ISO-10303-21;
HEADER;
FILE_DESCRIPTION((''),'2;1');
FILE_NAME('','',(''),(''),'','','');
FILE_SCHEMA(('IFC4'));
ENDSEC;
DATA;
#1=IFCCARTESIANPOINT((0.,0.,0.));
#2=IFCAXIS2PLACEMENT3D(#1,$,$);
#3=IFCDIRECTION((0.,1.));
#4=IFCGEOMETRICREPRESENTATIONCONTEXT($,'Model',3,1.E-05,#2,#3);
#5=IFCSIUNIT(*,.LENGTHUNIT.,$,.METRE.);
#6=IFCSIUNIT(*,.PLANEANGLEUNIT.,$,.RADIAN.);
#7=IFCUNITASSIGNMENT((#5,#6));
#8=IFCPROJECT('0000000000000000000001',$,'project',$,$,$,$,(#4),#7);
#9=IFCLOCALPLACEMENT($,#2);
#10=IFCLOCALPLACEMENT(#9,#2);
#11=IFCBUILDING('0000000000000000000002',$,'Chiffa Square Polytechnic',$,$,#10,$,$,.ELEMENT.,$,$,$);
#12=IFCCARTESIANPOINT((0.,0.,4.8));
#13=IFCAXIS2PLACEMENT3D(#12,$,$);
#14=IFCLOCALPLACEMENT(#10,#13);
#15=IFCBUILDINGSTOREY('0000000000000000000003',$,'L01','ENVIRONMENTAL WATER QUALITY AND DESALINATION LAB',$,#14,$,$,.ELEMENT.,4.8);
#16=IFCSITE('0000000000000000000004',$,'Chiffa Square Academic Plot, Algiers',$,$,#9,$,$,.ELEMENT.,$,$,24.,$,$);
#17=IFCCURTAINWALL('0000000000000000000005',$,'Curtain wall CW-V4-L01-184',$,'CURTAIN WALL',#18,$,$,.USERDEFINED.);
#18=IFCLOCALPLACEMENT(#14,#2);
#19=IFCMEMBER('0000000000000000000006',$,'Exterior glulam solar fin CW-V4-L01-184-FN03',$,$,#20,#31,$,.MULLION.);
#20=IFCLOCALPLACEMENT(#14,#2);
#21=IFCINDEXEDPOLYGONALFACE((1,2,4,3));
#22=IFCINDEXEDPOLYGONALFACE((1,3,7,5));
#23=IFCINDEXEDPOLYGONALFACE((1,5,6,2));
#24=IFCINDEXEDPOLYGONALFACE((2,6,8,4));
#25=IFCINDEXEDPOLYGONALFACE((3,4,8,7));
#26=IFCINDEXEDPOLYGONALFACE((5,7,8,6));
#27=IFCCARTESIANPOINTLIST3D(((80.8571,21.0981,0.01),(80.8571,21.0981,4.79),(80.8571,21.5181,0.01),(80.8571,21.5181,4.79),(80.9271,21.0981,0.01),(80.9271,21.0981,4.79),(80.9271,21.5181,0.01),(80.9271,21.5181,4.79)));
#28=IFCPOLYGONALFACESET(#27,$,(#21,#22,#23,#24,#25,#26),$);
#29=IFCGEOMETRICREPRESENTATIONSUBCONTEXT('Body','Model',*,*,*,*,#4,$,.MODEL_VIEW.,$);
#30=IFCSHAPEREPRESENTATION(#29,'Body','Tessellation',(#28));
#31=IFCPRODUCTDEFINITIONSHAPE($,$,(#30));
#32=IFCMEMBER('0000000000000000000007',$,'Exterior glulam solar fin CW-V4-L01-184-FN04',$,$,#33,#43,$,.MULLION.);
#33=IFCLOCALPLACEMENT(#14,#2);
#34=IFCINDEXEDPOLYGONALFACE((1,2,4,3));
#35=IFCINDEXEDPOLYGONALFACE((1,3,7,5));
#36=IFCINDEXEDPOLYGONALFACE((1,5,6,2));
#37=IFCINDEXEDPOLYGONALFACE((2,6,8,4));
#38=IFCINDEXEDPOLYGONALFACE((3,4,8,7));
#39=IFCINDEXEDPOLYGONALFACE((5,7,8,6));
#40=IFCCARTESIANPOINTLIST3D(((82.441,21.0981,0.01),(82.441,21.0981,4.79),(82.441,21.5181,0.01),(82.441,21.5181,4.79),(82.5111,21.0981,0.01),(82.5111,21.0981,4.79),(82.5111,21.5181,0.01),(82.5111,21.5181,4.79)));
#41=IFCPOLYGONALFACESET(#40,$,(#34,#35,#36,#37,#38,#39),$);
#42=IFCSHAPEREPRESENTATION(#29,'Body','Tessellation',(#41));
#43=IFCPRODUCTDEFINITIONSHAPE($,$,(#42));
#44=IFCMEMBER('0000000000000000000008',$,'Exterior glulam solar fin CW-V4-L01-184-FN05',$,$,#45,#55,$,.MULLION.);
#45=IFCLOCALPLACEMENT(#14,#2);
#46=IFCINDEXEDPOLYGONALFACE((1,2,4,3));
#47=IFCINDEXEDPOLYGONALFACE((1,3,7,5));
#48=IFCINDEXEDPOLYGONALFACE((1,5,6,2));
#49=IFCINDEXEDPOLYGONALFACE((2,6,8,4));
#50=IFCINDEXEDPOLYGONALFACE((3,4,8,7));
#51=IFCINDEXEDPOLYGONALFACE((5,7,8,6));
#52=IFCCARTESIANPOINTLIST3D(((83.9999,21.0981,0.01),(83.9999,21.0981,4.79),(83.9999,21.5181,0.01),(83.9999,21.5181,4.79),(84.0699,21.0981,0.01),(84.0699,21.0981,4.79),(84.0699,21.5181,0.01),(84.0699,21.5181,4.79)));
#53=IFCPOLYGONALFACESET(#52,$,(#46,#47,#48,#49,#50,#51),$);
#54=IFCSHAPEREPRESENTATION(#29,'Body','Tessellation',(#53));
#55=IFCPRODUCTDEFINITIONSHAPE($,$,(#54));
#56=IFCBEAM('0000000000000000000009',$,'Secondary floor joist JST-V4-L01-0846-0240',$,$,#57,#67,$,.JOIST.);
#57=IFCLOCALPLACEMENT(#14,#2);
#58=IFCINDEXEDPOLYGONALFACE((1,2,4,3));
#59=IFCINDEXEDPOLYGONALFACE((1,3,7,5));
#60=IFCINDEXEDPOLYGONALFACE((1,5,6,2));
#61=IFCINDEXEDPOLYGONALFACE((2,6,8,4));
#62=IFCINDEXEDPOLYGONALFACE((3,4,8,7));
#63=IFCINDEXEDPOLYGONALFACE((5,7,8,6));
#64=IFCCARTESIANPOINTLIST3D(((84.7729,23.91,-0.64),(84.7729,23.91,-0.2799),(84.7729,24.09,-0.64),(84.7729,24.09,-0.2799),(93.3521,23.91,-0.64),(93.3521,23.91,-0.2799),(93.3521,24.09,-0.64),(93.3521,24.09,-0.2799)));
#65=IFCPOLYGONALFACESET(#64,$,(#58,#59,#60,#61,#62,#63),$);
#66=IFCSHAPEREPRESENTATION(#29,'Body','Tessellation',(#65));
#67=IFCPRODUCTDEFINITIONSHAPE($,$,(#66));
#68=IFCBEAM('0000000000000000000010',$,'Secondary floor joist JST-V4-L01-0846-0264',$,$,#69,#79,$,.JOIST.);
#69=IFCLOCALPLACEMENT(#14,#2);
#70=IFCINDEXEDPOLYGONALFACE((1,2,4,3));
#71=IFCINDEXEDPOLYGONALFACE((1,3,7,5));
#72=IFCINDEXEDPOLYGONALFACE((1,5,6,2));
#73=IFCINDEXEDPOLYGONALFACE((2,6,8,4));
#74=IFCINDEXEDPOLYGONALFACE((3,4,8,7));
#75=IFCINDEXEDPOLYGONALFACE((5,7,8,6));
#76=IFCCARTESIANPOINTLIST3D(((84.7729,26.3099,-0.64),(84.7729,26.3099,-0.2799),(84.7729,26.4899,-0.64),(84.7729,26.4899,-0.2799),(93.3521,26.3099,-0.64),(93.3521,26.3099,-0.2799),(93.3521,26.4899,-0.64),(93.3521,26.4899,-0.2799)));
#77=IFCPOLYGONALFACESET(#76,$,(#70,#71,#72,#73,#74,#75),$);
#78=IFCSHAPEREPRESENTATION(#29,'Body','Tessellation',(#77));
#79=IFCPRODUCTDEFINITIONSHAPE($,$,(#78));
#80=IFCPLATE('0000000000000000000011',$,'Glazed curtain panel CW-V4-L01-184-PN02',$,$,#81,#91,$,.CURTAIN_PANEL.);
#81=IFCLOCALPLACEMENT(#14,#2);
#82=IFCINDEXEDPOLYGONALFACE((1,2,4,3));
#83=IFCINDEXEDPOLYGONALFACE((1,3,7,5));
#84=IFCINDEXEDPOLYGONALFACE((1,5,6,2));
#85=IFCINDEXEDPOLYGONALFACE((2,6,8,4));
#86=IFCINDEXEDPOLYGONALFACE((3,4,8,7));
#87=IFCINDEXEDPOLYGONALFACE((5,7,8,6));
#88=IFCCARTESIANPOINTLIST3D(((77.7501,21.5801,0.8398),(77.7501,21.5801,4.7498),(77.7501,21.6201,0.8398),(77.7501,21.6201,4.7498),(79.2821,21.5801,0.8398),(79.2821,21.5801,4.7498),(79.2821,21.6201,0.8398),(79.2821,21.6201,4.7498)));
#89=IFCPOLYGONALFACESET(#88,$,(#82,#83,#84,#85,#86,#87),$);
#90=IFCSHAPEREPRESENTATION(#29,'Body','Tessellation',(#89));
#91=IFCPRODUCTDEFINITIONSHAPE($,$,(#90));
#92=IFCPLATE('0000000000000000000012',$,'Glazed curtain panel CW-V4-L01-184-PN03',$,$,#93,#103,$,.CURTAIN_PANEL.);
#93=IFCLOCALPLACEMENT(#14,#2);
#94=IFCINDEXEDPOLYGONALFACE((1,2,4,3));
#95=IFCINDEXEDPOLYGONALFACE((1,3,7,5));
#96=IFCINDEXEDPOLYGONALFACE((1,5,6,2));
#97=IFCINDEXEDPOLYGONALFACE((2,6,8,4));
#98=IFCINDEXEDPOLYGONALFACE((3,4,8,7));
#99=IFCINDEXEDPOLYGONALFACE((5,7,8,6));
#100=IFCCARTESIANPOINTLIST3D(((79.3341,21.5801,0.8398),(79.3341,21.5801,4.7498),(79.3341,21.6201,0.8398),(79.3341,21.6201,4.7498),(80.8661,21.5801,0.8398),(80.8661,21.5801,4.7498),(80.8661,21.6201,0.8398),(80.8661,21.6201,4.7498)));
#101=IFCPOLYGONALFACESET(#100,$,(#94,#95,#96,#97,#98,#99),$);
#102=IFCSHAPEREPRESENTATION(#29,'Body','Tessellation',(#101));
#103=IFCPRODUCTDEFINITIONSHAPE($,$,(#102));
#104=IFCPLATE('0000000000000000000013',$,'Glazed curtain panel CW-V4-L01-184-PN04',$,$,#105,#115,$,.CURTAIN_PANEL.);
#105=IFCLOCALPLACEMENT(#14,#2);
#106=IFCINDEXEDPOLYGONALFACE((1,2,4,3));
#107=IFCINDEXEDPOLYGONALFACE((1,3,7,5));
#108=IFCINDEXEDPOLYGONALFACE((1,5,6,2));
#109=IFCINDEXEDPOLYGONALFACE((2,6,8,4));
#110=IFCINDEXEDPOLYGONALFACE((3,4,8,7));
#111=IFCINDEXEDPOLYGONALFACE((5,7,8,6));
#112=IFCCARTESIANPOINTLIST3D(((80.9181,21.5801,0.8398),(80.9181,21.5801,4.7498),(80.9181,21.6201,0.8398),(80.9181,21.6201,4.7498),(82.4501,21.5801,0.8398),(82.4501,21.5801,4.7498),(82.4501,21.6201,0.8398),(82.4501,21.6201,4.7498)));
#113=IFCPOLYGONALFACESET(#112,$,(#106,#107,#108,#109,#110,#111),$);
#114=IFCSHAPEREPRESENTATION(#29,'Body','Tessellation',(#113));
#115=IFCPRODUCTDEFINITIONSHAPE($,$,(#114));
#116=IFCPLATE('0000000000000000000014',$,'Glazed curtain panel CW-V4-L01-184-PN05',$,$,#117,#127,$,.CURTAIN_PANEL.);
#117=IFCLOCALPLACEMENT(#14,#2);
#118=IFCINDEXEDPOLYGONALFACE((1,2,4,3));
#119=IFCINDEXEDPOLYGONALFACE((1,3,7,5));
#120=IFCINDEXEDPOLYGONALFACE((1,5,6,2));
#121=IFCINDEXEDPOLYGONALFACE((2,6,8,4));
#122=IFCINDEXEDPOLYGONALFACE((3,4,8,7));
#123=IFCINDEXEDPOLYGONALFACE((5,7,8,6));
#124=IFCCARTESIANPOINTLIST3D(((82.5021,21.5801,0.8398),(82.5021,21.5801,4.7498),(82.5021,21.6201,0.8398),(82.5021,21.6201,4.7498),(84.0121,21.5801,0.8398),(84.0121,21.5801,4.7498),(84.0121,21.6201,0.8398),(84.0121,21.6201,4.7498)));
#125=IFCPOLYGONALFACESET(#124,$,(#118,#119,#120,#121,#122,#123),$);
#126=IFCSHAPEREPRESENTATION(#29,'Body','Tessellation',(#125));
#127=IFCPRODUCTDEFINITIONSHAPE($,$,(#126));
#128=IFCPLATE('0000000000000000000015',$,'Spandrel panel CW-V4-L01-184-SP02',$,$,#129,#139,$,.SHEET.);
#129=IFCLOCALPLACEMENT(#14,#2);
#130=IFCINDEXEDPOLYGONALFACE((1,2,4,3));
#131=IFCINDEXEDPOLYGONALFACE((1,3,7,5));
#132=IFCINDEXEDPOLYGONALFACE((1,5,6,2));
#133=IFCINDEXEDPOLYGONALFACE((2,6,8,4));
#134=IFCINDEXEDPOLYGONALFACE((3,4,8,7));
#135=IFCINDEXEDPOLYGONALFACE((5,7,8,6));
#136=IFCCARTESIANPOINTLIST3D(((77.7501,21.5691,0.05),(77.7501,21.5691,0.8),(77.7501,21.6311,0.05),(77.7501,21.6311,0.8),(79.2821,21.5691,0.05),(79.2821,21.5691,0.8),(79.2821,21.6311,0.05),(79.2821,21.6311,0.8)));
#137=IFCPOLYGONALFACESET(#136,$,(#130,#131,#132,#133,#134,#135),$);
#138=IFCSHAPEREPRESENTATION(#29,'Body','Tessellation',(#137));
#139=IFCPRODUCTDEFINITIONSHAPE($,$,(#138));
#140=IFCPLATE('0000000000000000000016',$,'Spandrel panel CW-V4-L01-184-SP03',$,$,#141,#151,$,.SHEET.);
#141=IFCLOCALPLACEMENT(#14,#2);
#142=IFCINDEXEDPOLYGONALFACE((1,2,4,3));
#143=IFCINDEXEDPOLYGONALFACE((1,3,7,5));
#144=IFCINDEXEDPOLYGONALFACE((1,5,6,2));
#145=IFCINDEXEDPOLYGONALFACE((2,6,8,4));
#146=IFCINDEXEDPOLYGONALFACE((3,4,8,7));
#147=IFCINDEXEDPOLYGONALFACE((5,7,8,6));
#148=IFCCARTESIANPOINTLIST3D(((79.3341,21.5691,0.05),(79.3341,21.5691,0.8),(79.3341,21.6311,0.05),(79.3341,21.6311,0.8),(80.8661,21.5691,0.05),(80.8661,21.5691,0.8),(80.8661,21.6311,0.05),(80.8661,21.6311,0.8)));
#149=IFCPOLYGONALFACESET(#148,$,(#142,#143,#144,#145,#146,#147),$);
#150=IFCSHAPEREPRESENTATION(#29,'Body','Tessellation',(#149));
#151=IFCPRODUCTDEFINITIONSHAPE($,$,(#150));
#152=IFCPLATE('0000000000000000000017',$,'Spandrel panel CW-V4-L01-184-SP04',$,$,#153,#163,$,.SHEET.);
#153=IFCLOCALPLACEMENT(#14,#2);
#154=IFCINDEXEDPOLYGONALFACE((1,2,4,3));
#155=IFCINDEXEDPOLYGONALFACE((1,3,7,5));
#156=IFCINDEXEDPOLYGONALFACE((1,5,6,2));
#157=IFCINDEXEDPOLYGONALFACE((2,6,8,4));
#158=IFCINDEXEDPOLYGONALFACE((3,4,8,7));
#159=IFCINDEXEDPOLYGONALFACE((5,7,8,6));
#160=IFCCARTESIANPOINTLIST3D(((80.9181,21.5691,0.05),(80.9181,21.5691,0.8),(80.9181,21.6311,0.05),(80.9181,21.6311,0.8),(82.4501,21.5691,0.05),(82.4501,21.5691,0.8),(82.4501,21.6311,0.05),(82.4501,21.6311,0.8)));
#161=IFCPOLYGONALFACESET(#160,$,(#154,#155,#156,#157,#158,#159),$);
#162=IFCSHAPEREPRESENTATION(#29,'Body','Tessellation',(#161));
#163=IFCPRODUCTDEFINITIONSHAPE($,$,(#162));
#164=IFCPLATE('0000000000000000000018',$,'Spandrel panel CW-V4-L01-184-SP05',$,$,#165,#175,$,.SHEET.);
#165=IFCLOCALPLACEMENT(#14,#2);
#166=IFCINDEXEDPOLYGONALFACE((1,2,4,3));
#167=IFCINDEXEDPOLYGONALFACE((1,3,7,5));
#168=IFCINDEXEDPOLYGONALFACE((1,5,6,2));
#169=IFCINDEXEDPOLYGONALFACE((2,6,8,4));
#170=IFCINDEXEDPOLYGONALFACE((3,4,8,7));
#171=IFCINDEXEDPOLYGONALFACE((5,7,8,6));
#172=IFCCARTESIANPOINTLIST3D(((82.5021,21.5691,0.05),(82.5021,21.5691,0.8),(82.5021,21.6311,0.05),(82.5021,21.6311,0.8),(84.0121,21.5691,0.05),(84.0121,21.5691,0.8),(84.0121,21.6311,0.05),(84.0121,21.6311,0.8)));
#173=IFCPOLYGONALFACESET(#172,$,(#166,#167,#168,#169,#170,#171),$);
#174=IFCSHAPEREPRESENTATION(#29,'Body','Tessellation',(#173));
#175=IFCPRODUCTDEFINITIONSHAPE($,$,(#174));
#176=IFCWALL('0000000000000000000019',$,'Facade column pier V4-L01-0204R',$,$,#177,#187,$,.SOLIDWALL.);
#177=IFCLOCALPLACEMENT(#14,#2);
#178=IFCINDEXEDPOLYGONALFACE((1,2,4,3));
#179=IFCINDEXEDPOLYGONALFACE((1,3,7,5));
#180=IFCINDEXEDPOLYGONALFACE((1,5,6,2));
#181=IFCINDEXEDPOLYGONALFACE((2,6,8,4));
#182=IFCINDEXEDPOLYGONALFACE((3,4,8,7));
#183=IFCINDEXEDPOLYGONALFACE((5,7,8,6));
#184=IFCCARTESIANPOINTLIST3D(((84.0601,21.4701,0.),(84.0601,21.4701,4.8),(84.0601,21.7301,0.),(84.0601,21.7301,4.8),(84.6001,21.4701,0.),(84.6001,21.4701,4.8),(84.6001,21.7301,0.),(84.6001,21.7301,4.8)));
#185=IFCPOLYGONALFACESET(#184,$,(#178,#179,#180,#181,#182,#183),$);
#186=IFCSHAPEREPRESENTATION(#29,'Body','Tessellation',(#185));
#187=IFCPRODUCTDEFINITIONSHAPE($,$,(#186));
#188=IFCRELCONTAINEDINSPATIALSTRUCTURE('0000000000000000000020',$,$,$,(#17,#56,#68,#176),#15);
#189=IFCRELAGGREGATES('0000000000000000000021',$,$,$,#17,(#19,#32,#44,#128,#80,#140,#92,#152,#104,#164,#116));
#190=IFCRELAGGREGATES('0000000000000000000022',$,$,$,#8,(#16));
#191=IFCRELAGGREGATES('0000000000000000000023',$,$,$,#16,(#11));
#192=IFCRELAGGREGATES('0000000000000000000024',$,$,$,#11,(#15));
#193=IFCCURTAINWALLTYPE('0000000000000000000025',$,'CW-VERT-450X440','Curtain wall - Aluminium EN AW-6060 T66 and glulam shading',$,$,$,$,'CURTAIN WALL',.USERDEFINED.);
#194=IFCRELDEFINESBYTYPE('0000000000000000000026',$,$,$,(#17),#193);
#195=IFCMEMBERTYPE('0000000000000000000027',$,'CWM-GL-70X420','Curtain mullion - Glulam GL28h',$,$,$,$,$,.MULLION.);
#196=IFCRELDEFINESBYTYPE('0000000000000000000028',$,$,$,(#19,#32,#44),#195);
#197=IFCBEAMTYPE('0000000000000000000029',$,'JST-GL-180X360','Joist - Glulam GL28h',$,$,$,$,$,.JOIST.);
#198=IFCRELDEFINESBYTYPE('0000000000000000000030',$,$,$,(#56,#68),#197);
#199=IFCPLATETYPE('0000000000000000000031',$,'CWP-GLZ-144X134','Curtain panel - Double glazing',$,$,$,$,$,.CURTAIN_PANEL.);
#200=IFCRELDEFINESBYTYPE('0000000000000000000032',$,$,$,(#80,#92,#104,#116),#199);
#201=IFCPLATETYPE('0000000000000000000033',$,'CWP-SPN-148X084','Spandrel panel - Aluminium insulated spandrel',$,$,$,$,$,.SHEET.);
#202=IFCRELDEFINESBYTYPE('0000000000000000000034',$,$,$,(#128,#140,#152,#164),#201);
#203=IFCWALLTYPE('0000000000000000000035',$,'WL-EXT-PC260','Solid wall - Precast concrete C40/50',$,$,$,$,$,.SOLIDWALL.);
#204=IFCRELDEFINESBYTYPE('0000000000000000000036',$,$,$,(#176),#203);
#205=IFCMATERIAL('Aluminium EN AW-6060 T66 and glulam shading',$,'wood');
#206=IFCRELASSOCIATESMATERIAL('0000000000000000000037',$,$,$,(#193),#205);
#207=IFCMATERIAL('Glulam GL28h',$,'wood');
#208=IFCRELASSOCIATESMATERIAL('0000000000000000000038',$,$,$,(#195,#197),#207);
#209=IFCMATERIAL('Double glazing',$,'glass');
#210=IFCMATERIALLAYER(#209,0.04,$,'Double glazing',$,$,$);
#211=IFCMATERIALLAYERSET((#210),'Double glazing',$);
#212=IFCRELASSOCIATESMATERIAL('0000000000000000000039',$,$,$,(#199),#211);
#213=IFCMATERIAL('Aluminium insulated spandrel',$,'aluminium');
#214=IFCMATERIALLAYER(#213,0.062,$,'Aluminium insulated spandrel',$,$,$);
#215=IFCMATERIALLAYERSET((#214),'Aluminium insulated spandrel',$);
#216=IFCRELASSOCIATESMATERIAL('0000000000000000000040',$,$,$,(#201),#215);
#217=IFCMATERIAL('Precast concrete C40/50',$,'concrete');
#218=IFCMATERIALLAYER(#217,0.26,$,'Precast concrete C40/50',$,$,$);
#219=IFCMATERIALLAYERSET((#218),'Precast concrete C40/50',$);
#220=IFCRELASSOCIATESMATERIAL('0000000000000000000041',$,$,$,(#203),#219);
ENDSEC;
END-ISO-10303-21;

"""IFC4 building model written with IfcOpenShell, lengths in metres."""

from ifc_helpers import new_model, si_unit, direction, frame, frame_2d, origin, origin_2d, place, context, subcontext, project, spatial, rectangle, extrude, material, layer, layer_set, material_profile, profile_set, type_object, element, aggregate, save


model = new_model("IFC4")

# Units and contexts
model_context = context("Model", 3, precision=1e-05, world=origin(), true_north=direction((0.0, 1.0)))
body_context = subcontext(model_context, "Body", "Model", "MODEL_VIEW")
ifc_project = project(units=[si_unit("LENGTHUNIT", "METRE"), si_unit("PLANEANGLEUNIT", "RADIAN")], contexts=[model_context])

# Site, building, storey
site_placement = place(None, origin())
site = spatial("IfcSite", under=ifc_project, at=site_placement, Name="Chiffa Square Academic Plot, Algiers", CompositionType="ELEMENT", RefElevation=24.0)
building_placement = place(site_placement, origin())
building = spatial("IfcBuilding", under=site, at=building_placement, Name="Chiffa Square Polytechnic", CompositionType="ELEMENT")
storey_placement = place(building_placement, frame((0.0, 0.0, 4.8)))
storey = spatial("IfcBuildingStorey", under=building, at=storey_placement, Name="L01", Description="ENVIRONMENTAL WATER QUALITY AND DESALINATION LAB", CompositionType="ELEMENT", Elevation=4.8)

# Curtain wall, members
ifc_material_1 = material(Name="Aluminium EN AW-6060 T66 and glulam shading", Category="wood")
curtain_wall_type = type_object("IfcCurtainWallType", Name="CW-VERT-450X440", Description="Curtain wall - Aluminium EN AW-6060 T66 and glulam shading", ElementType="CURTAIN WALL", PredefinedType="USERDEFINED", material=ifc_material_1)
curtain_wall_placement = place(storey_placement, origin())
curtain_wall = element("IfcCurtainWall", 1, at=curtain_wall_placement, inside=storey, type_object=curtain_wall_type, Name="Curtain wall CW-V4-L01-184", ObjectType="CURTAIN WALL", PredefinedType="USERDEFINED")
ifc_material_2 = material(Name="Glulam GL28h", Category="wood")
ifc_material_profile_1 = material_profile(ifc_material_2, rectangle(XDim=0.0701, YDim=0.4199, at=origin_2d()), Name="GL28h 70x420")
ifc_profile_set_1 = profile_set([ifc_material_profile_1], Name="Glulam GL28h")
member_type_1 = type_object("IfcMemberType", Name="CWM-GL-70X420", Description="Curtain mullion - Glulam GL28h", PredefinedType="MULLION", material=ifc_profile_set_1)
member_1_placement = place(storey_placement, frame((80.8921, 21.3081, 0.01), z_axis=(0.0, 0.0, 1.0), x_axis=(1.0, 0.0, 0.0)))
member_1 = element("IfcMember", 2, at=member_1_placement, type_object=member_type_1, Name="Exterior glulam solar fin CW-V4-L01-184-FN03", PredefinedType="MULLION", context=body_context, shape_type="SweptSolid", body=[
    extrude(rectangle(XDim=0.0701, YDim=0.4199, at=origin_2d()), origin(), (0.0, 0.0, 1.0), 4.78),
])
member_2_placement = place(storey_placement, frame((82.4761, 21.3081, 0.01), z_axis=(0.0, 0.0, 1.0), x_axis=(1.0, 0.0, 0.0)))
member_2 = element("IfcMember", 3, at=member_2_placement, type_object=member_type_1, Name="Exterior glulam solar fin CW-V4-L01-184-FN04", PredefinedType="MULLION", context=body_context, shape_type="SweptSolid", body=[
    extrude(rectangle(XDim=0.0701, YDim=0.4199, at=origin_2d()), origin(), (0.0, 0.0, 1.0), 4.78),
])
member_3_placement = place(storey_placement, frame((84.0349, 21.3081, 0.01), z_axis=(0.0, 0.0, 1.0), x_axis=(1.0, 0.0, 0.0)))
member_3 = element("IfcMember", 4, at=member_3_placement, type_object=member_type_1, Name="Exterior glulam solar fin CW-V4-L01-184-FN05", PredefinedType="MULLION", context=body_context, shape_type="SweptSolid", body=[
    extrude(rectangle(XDim=0.0701, YDim=0.4199, at=origin_2d()), origin(), (0.0, 0.0, 1.0), 4.78),
])

# Beams
ifc_material_profile_2 = material_profile(ifc_material_2, rectangle(XDim=0.1799, YDim=0.3601, at=origin_2d()), Name="GL28h 180x360")
ifc_profile_set_2 = profile_set([ifc_material_profile_2], Name="Glulam GL28h")
beam_type_1 = type_object("IfcBeamType", Name="JST-GL-180X360", Description="Joist - Glulam GL28h", PredefinedType="JOIST", material=ifc_profile_set_2)
for number, where, z_axis, x_axis, name in (
    (5, (84.7729, 24.0, -0.46), (1.0, 0.0, 0.0), (0.0, 1.0, 0.0), "Secondary floor joist JST-V4-L01-0846-0240"),
    (6, (84.7729, 26.3999, -0.46), (1.0, 0.0, 0.0), (0.0, 1.0, 0.0), "Secondary floor joist JST-V4-L01-0846-0264"),
):
    element("IfcBeam", number, at=place(storey_placement, frame(where, z_axis=z_axis, x_axis=x_axis)), inside=storey, type_object=beam_type_1, Name=name, PredefinedType="JOIST", context=body_context, shape_type="SweptSolid", body=[
        extrude(rectangle(XDim=0.1799, YDim=0.3601, at=origin_2d()), origin(), (0.0, 0.0, 1.0), 8.5791),
    ])

# Plates
ifc_material_3 = material(Name="Double glazing", Category="glass")
ifc_layer_1 = layer(ifc_material_3, 0.04, Name="Double glazing")
ifc_layer_set_1 = layer_set([ifc_layer_1], Name="Double glazing")
plate_type_1 = type_object("IfcPlateType", Name="CWP-GLZ-144X134", Description="Curtain panel - Double glazing", PredefinedType="CURTAIN_PANEL", material=ifc_layer_set_1)
plate_1_placement = place(storey_placement, frame((78.5161, 21.6001, 0.8398), z_axis=(0.0, 0.0, 1.0), x_axis=(1.0, 0.0, 0.0)))
plate_1 = element("IfcPlate", 7, at=plate_1_placement, type_object=plate_type_1, Name="Glazed curtain panel CW-V4-L01-184-PN02", PredefinedType="CURTAIN_PANEL", context=body_context, shape_type="SweptSolid", body=[
    extrude(rectangle(XDim=1.532, YDim=0.04, at=origin_2d()), origin(), (0.0, 0.0, 1.0), 3.9099),
])
plate_2_placement = place(storey_placement, frame((80.1001, 21.6001, 0.8398), z_axis=(0.0, 0.0, 1.0), x_axis=(1.0, 0.0, 0.0)))
plate_2 = element("IfcPlate", 8, at=plate_2_placement, type_object=plate_type_1, Name="Glazed curtain panel CW-V4-L01-184-PN03", PredefinedType="CURTAIN_PANEL", context=body_context, shape_type="SweptSolid", body=[
    extrude(rectangle(XDim=1.532, YDim=0.04, at=origin_2d()), origin(), (0.0, 0.0, 1.0), 3.9099),
])
plate_3_placement = place(storey_placement, frame((81.6841, 21.6001, 0.8398), z_axis=(0.0, 0.0, 1.0), x_axis=(1.0, 0.0, 0.0)))
plate_3 = element("IfcPlate", 9, at=plate_3_placement, type_object=plate_type_1, Name="Glazed curtain panel CW-V4-L01-184-PN04", PredefinedType="CURTAIN_PANEL", context=body_context, shape_type="SweptSolid", body=[
    extrude(rectangle(XDim=1.532, YDim=0.04, at=origin_2d()), origin(), (0.0, 0.0, 1.0), 3.9099),
])
plate_4_placement = place(storey_placement, frame((83.2571, 21.6001, 0.8398), z_axis=(0.0, 0.0, 1.0), x_axis=(1.0, 0.0, 0.0)))
plate_4 = element("IfcPlate", 10, at=plate_4_placement, type_object=plate_type_1, Name="Glazed curtain panel CW-V4-L01-184-PN05", PredefinedType="CURTAIN_PANEL", context=body_context, shape_type="SweptSolid", body=[
    extrude(rectangle(XDim=1.51, YDim=0.04, at=origin_2d()), origin(), (0.0, 0.0, 1.0), 3.9099),
])
ifc_material_4 = material(Name="Aluminium insulated spandrel", Category="aluminium")
ifc_layer_2 = layer(ifc_material_4, 0.062, Name="Aluminium insulated spandrel")
ifc_layer_set_2 = layer_set([ifc_layer_2], Name="Aluminium insulated spandrel")
plate_type_2 = type_object("IfcPlateType", Name="CWP-SPN-148X084", Description="Spandrel panel - Aluminium insulated spandrel", PredefinedType="SHEET", material=ifc_layer_set_2)
plate_5_placement = place(storey_placement, frame((78.5161, 21.6001, 0.05), z_axis=(0.0, 0.0, 1.0), x_axis=(1.0, 0.0, 0.0)))
plate_5 = element("IfcPlate", 11, at=plate_5_placement, type_object=plate_type_2, Name="Spandrel panel CW-V4-L01-184-SP02", PredefinedType="SHEET", context=body_context, shape_type="SweptSolid", body=[
    extrude(rectangle(XDim=1.532, YDim=0.062, at=origin_2d()), origin(), (0.0, 0.0, 1.0), 0.75),
])
plate_6_placement = place(storey_placement, frame((80.1001, 21.6001, 0.05), z_axis=(0.0, 0.0, 1.0), x_axis=(1.0, 0.0, 0.0)))
plate_6 = element("IfcPlate", 12, at=plate_6_placement, type_object=plate_type_2, Name="Spandrel panel CW-V4-L01-184-SP03", PredefinedType="SHEET", context=body_context, shape_type="SweptSolid", body=[
    extrude(rectangle(XDim=1.532, YDim=0.062, at=origin_2d()), origin(), (0.0, 0.0, 1.0), 0.75),
])
plate_7_placement = place(storey_placement, frame((81.6841, 21.6001, 0.05), z_axis=(0.0, 0.0, 1.0), x_axis=(1.0, 0.0, 0.0)))
plate_7 = element("IfcPlate", 13, at=plate_7_placement, type_object=plate_type_2, Name="Spandrel panel CW-V4-L01-184-SP04", PredefinedType="SHEET", context=body_context, shape_type="SweptSolid", body=[
    extrude(rectangle(XDim=1.532, YDim=0.062, at=origin_2d()), origin(), (0.0, 0.0, 1.0), 0.75),
])
plate_8_placement = place(storey_placement, frame((83.2571, 21.6001, 0.05), z_axis=(0.0, 0.0, 1.0), x_axis=(1.0, 0.0, 0.0)))
plate_8 = element("IfcPlate", 14, at=plate_8_placement, type_object=plate_type_2, Name="Spandrel panel CW-V4-L01-184-SP05", PredefinedType="SHEET", context=body_context, shape_type="SweptSolid", body=[
    extrude(rectangle(XDim=1.51, YDim=0.062, at=origin_2d()), origin(), (0.0, 0.0, 1.0), 0.75),
])
aggregate(curtain_wall, [member_1, member_2, member_3, plate_5, plate_1, plate_6, plate_2, plate_7, plate_3, plate_8, plate_4])

# Wall
ifc_material_5 = material(Name="Precast concrete C40/50", Category="concrete")
ifc_layer_3 = layer(ifc_material_5, 0.26, Name="Precast concrete C40/50")
ifc_layer_set_3 = layer_set([ifc_layer_3], Name="Precast concrete C40/50")
wall_type = type_object("IfcWallType", Name="WL-EXT-PC260", Description="Solid wall - Precast concrete C40/50", PredefinedType="SOLIDWALL", material=ifc_layer_set_3)
wall_1_placement = place(storey_placement, frame((84.0601, 21.6001, 0.0), z_axis=(0.0, 0.0, 1.0), x_axis=(1.0, 0.0, 0.0)))
element("IfcWall", 15, at=wall_1_placement, inside=storey, type_object=wall_type, Name="Facade column pier V4-L01-0204R", PredefinedType="SOLIDWALL", context=body_context, shape_type="SweptSolid", body=[
    extrude(rectangle(XDim=0.54, YDim=0.26, at=frame_2d((0.27, 0.0))), origin(), (0.0, 0.0, 1.0), 4.8),
])

save(model, "model.ifc")
